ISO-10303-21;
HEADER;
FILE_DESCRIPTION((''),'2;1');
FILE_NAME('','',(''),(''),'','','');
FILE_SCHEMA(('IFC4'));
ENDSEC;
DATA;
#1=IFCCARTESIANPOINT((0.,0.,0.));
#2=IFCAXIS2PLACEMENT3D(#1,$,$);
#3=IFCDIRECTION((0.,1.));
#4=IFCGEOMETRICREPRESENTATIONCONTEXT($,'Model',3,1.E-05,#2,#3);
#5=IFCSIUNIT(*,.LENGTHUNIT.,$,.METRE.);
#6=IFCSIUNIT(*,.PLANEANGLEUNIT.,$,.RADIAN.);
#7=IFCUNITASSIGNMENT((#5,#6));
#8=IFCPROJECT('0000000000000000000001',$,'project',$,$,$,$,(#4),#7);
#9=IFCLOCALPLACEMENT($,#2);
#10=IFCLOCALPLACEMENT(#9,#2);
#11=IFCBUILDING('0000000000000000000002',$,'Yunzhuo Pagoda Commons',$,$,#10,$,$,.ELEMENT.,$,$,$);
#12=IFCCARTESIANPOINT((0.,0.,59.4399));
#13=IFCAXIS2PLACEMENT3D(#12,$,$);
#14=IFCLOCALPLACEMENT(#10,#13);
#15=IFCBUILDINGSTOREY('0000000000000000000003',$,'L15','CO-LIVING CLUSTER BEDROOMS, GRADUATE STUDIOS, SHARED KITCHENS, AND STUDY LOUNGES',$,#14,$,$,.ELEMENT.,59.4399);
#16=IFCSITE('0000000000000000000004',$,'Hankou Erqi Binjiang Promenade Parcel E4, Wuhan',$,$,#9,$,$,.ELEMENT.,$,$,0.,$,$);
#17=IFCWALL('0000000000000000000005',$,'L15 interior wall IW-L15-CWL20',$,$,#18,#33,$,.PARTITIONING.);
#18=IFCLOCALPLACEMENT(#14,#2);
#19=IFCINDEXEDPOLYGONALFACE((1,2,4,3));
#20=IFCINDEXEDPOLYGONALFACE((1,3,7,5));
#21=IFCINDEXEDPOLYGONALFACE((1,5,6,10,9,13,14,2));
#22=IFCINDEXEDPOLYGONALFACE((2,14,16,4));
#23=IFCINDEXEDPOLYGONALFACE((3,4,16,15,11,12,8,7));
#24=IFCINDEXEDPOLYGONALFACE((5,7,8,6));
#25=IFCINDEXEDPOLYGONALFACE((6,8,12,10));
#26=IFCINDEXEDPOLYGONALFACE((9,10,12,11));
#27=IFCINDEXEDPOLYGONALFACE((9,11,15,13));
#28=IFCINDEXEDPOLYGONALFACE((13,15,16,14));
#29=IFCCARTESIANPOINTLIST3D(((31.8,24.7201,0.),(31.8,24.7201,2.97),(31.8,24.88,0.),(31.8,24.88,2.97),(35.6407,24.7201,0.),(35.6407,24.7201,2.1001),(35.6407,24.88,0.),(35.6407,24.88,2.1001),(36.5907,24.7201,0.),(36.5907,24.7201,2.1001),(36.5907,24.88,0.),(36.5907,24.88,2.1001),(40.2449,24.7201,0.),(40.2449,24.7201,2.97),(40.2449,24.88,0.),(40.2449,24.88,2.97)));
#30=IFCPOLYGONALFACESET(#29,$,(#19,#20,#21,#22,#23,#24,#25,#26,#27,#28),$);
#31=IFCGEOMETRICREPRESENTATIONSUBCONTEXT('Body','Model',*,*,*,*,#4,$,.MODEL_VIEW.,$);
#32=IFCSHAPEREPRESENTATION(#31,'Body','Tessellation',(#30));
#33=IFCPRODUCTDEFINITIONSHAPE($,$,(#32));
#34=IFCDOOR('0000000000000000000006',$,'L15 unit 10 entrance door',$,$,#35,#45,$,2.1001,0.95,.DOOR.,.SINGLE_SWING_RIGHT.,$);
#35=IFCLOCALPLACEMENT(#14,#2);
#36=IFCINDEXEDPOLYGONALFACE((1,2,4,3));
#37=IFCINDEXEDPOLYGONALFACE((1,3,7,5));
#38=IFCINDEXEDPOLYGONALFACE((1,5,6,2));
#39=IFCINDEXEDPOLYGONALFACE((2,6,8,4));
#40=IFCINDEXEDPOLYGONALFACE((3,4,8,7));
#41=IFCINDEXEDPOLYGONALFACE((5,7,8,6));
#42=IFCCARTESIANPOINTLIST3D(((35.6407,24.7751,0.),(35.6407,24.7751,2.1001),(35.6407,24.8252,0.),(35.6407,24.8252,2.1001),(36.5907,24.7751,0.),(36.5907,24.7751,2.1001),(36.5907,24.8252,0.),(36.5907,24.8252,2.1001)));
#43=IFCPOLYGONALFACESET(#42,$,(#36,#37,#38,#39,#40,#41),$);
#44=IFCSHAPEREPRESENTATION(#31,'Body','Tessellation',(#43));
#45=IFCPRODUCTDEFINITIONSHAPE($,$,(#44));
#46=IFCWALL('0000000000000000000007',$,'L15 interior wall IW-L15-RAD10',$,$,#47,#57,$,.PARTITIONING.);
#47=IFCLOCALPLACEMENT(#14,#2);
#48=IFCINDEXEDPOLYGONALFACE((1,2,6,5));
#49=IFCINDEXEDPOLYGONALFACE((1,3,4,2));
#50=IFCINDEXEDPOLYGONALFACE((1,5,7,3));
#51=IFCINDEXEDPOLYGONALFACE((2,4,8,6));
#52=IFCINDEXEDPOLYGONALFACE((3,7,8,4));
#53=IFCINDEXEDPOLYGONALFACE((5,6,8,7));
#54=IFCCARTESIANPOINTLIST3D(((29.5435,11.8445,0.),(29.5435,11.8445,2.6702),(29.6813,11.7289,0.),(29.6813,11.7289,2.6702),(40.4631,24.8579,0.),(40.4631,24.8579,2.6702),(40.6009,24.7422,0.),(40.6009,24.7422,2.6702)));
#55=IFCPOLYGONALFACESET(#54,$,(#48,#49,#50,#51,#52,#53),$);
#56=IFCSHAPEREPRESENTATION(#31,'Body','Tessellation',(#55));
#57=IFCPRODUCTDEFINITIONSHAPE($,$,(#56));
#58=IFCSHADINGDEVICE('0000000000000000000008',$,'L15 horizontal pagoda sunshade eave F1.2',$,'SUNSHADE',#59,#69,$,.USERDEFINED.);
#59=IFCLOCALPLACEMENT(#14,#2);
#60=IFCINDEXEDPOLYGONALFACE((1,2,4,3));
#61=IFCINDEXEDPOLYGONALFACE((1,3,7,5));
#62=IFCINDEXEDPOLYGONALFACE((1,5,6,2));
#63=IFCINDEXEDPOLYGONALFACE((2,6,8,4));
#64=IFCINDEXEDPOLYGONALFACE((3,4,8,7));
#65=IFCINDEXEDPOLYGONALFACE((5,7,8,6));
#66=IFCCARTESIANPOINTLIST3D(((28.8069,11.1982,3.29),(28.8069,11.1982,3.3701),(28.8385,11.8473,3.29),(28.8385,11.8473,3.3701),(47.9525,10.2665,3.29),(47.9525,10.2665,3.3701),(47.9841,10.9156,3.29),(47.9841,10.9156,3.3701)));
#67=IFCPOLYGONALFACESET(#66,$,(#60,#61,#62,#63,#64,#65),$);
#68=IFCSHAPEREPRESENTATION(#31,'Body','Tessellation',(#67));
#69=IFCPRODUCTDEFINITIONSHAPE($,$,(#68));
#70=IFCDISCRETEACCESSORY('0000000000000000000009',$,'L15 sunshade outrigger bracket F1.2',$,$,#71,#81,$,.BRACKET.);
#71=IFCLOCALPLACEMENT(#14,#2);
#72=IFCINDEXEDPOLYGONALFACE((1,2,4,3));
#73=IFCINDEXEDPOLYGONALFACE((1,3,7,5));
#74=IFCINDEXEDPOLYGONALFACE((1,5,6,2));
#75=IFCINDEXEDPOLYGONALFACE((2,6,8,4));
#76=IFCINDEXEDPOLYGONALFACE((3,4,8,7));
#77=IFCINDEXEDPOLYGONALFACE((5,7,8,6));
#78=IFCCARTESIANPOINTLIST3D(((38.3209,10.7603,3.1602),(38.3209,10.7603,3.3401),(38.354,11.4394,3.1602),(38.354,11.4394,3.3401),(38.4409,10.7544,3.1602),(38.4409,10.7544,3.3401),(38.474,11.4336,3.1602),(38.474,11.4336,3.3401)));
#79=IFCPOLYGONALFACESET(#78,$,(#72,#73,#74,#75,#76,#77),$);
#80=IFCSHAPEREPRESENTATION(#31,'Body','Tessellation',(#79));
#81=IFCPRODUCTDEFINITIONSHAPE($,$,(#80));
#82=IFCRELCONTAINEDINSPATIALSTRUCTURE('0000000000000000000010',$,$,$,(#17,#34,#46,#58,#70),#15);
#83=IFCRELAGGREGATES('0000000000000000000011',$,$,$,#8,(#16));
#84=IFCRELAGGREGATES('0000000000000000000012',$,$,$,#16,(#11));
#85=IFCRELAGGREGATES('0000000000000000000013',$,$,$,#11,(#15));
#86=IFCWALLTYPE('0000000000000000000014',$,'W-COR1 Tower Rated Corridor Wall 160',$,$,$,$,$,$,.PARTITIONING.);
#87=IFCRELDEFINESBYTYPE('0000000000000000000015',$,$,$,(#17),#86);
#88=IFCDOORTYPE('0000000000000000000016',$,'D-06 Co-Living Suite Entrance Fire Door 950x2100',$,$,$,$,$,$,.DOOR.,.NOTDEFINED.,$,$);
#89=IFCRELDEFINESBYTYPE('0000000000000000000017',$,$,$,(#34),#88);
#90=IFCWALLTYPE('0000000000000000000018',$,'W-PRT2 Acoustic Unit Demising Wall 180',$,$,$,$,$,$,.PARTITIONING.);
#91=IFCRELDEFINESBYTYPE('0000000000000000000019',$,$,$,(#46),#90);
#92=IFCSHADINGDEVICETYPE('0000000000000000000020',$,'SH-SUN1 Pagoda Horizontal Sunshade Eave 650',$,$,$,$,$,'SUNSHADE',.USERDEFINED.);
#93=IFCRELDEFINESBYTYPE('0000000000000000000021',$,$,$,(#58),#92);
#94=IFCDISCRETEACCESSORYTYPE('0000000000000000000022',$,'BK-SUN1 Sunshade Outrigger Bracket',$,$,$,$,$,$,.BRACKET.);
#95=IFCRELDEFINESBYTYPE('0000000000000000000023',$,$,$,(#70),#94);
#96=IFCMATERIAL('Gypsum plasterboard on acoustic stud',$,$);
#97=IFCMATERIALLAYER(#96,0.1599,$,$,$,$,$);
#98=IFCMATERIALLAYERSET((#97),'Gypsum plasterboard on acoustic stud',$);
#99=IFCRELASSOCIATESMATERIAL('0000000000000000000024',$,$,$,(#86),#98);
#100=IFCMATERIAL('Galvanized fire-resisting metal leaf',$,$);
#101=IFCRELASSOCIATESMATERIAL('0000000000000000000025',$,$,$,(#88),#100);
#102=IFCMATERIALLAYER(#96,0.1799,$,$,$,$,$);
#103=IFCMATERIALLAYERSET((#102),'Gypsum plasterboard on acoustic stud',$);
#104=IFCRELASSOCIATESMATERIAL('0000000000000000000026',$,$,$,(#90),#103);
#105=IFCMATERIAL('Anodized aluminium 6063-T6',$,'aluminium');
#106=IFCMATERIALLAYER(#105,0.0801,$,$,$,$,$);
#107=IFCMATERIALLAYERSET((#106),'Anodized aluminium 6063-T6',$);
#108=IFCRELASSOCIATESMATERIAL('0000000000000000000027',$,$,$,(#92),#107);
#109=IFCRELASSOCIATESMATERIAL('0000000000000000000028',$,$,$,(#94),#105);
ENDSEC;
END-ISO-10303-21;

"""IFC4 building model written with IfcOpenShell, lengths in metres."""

from ifc_helpers import new_model, si_unit, direction, frame, frame_2d, origin, origin_with_axes, origin_2d, place, context, subcontext, project, spatial, rectangle, extrude, source, transform, mapped, material, layer, layer_set, type_object, element, fill, save


model = new_model("IFC4")

# Units and contexts
model_context = context("Model", 3, precision=1e-05, world=origin(), true_north=direction((0.0, 1.0)))
body_context = subcontext(model_context, "Body", "Model", "MODEL_VIEW")
ifc_project = project(units=[si_unit("LENGTHUNIT", "METRE"), si_unit("PLANEANGLEUNIT", "RADIAN")], contexts=[model_context])

# Site, building, storey
site_placement = place(None, origin())
site = spatial("IfcSite", under=ifc_project, at=site_placement, Name="Hankou Erqi Binjiang Promenade Parcel E4, Wuhan", CompositionType="ELEMENT", RefElevation=0.0)
building_placement = place(site_placement, origin())
building = spatial("IfcBuilding", under=site, at=building_placement, Name="Yunzhuo Pagoda Commons", CompositionType="ELEMENT")
storey_placement = place(building_placement, frame((0.0, 0.0, 59.4399)))
storey = spatial("IfcBuildingStorey", under=building, at=storey_placement, Name="L15", Description="CO-LIVING CLUSTER BEDROOMS, GRADUATE STUDIOS, SHARED KITCHENS, AND STUDY LOUNGES", CompositionType="ELEMENT", Elevation=59.4399)

# Shared definitions
ifc_material_1 = material(Name="Anodized aluminium 6063-T6", Category="aluminium")

# Wall, opening, door
ifc_material_2 = material(Name="Gypsum plasterboard on acoustic stud")
ifc_layer_1 = layer(ifc_material_2, 0.1599)
ifc_layer_set_1 = layer_set([ifc_layer_1], Name="Gypsum plasterboard on acoustic stud")
wall_type_1 = type_object("IfcWallType", Name="W-COR1 Tower Rated Corridor Wall 160", PredefinedType="PARTITIONING", material=ifc_layer_set_1)
wall_1_placement = place(storey_placement, frame((40.2449, 24.8, 0.0), z_axis=(0.0, 0.0, 1.0), x_axis=(-1.0, 0.0, 0.0)))
wall_1 = element("IfcWall", 1, at=wall_1_placement, inside=storey, type_object=wall_type_1, Name="L15 interior wall IW-L15-CWL20", PredefinedType="PARTITIONING", context=body_context, shape_type="SweptSolid", body=[
    extrude(rectangle(XDim=8.4448, YDim=0.1599, at=frame_2d((4.2224, 0.0))), origin(), (0.0, 0.0, 1.0), 2.97),
])
opening_placement = place(wall_1_placement, frame((3.6541, 0.0, 0.0)))
opening = element("IfcOpeningElement", 2, at=opening_placement, cuts=wall_1, PredefinedType="OPENING", context=body_context, shape_type="SweptSolid", body=[
    extrude(rectangle(XDim=0.95, YDim=2.1001, at=frame_2d((0.4751, 1.05))), frame((0.0, 0.0898, 0.0), z_axis=(0.0, -1.0, 0.0), x_axis=(1.0, 0.0, 0.0)), (0.0, 0.0, 1.0), 0.1799),
])
ifc_material_3 = material(Name="Galvanized fire-resisting metal leaf")
door_type = type_object("IfcDoorType", Name="D-06 Co-Living Suite Entrance Fire Door 950x2100", OperationType="NOTDEFINED", PredefinedType="DOOR", material=ifc_material_3)
shared_shape_1 = source(origin(), body_context, "Body", "SweptSolid", [
    extrude(rectangle(XDim=0.95, YDim=2.1001, at=frame_2d((0.4751, 1.05))), frame((0.0, 0.0249, 0.0), z_axis=(0.0, -1.0, 0.0), x_axis=(1.0, 0.0, 0.0)), (0.0, 0.0, 1.0), 0.05),
])
door_placement = place(opening_placement, origin_with_axes())
door = element("IfcDoor", 3, at=door_placement, inside=storey, type_object=door_type, Name="L15 unit 10 entrance door", OperationType="SINGLE_SWING_RIGHT", OverallHeight=2.1001, OverallWidth=0.95, PredefinedType="DOOR", context=body_context, shape_type="MappedRepresentation", body=[
    mapped(shared_shape_1, transform((0.0, 0.0, 0.0), scale=1.0)),
])
fill(opening, door)

# Wall
ifc_layer_2 = layer(ifc_material_2, 0.1799)
ifc_layer_set_2 = layer_set([ifc_layer_2], Name="Gypsum plasterboard on acoustic stud")
wall_type_2 = type_object("IfcWallType", Name="W-PRT2 Acoustic Unit Demising Wall 180", PredefinedType="PARTITIONING", material=ifc_layer_set_2)
wall_2_placement = place(storey_placement, frame((40.532, 24.8, 0.0), z_axis=(0.0, 0.0, 1.0), x_axis=(-0.642792, -0.766041, 0.0)))
element("IfcWall", 4, at=wall_2_placement, inside=storey, type_object=wall_type_2, Name="L15 interior wall IW-L15-RAD10", PredefinedType="PARTITIONING", context=body_context, shape_type="SweptSolid", body=[
    extrude(rectangle(XDim=16.9878, YDim=0.1799, at=frame_2d((8.4939, 0.0))), origin(), (0.0, 0.0, 1.0), 2.6702),
])

# Shading device
ifc_layer_3 = layer(ifc_material_1, 0.0801)
ifc_layer_set_3 = layer_set([ifc_layer_3], Name="Anodized aluminium 6063-T6")
shading_device_type = type_object("IfcShadingDeviceType", Name="SH-SUN1 Pagoda Horizontal Sunshade Eave 650", ElementType="SUNSHADE", PredefinedType="USERDEFINED", material=ifc_layer_set_3)
shared_shape_2 = source(origin(), body_context, "Body", "SweptSolid", [
    extrude(rectangle(XDim=19.1682, YDim=0.6499, at=origin_2d()), origin(), (0.0, 0.0, 1.0), 0.0801),
])
shading_device_placement = place(storey_placement, frame((38.3955, 11.0569, 3.29), z_axis=(0.0, 0.0, 1.0), x_axis=(0.998818, -0.048606, 0.0)))
element("IfcShadingDevice", 5, at=shading_device_placement, inside=storey, type_object=shading_device_type, Name="L15 horizontal pagoda sunshade eave F1.2", ObjectType="SUNSHADE", PredefinedType="USERDEFINED", context=body_context, shape_type="MappedRepresentation", body=[
    mapped(shared_shape_2, transform((0.0, 0.0, 0.0), scale=1.0)),
])

# Discrete accessory
discrete_accessory_type = type_object("IfcDiscreteAccessoryType", Name="BK-SUN1 Sunshade Outrigger Bracket", PredefinedType="BRACKET", material=ifc_material_1)
shared_shape_3 = source(origin(), body_context, "Body", "SweptSolid", [
    extrude(rectangle(XDim=0.1201, YDim=0.6799, at=origin_2d()), origin(), (0.0, 0.0, 1.0), 0.1799),
])
discrete_accessory_placement = place(storey_placement, frame((38.3975, 11.0969, 3.1602), z_axis=(0.0, 0.0, 1.0), x_axis=(0.998818, -0.048606, 0.0)))
element("IfcDiscreteAccessory", 6, at=discrete_accessory_placement, inside=storey, type_object=discrete_accessory_type, Name="L15 sunshade outrigger bracket F1.2", PredefinedType="BRACKET", context=body_context, shape_type="MappedRepresentation", body=[
    mapped(shared_shape_3, transform((0.0, 0.0, 0.0), scale=1.0)),
])

save(model, "model.ifc")
